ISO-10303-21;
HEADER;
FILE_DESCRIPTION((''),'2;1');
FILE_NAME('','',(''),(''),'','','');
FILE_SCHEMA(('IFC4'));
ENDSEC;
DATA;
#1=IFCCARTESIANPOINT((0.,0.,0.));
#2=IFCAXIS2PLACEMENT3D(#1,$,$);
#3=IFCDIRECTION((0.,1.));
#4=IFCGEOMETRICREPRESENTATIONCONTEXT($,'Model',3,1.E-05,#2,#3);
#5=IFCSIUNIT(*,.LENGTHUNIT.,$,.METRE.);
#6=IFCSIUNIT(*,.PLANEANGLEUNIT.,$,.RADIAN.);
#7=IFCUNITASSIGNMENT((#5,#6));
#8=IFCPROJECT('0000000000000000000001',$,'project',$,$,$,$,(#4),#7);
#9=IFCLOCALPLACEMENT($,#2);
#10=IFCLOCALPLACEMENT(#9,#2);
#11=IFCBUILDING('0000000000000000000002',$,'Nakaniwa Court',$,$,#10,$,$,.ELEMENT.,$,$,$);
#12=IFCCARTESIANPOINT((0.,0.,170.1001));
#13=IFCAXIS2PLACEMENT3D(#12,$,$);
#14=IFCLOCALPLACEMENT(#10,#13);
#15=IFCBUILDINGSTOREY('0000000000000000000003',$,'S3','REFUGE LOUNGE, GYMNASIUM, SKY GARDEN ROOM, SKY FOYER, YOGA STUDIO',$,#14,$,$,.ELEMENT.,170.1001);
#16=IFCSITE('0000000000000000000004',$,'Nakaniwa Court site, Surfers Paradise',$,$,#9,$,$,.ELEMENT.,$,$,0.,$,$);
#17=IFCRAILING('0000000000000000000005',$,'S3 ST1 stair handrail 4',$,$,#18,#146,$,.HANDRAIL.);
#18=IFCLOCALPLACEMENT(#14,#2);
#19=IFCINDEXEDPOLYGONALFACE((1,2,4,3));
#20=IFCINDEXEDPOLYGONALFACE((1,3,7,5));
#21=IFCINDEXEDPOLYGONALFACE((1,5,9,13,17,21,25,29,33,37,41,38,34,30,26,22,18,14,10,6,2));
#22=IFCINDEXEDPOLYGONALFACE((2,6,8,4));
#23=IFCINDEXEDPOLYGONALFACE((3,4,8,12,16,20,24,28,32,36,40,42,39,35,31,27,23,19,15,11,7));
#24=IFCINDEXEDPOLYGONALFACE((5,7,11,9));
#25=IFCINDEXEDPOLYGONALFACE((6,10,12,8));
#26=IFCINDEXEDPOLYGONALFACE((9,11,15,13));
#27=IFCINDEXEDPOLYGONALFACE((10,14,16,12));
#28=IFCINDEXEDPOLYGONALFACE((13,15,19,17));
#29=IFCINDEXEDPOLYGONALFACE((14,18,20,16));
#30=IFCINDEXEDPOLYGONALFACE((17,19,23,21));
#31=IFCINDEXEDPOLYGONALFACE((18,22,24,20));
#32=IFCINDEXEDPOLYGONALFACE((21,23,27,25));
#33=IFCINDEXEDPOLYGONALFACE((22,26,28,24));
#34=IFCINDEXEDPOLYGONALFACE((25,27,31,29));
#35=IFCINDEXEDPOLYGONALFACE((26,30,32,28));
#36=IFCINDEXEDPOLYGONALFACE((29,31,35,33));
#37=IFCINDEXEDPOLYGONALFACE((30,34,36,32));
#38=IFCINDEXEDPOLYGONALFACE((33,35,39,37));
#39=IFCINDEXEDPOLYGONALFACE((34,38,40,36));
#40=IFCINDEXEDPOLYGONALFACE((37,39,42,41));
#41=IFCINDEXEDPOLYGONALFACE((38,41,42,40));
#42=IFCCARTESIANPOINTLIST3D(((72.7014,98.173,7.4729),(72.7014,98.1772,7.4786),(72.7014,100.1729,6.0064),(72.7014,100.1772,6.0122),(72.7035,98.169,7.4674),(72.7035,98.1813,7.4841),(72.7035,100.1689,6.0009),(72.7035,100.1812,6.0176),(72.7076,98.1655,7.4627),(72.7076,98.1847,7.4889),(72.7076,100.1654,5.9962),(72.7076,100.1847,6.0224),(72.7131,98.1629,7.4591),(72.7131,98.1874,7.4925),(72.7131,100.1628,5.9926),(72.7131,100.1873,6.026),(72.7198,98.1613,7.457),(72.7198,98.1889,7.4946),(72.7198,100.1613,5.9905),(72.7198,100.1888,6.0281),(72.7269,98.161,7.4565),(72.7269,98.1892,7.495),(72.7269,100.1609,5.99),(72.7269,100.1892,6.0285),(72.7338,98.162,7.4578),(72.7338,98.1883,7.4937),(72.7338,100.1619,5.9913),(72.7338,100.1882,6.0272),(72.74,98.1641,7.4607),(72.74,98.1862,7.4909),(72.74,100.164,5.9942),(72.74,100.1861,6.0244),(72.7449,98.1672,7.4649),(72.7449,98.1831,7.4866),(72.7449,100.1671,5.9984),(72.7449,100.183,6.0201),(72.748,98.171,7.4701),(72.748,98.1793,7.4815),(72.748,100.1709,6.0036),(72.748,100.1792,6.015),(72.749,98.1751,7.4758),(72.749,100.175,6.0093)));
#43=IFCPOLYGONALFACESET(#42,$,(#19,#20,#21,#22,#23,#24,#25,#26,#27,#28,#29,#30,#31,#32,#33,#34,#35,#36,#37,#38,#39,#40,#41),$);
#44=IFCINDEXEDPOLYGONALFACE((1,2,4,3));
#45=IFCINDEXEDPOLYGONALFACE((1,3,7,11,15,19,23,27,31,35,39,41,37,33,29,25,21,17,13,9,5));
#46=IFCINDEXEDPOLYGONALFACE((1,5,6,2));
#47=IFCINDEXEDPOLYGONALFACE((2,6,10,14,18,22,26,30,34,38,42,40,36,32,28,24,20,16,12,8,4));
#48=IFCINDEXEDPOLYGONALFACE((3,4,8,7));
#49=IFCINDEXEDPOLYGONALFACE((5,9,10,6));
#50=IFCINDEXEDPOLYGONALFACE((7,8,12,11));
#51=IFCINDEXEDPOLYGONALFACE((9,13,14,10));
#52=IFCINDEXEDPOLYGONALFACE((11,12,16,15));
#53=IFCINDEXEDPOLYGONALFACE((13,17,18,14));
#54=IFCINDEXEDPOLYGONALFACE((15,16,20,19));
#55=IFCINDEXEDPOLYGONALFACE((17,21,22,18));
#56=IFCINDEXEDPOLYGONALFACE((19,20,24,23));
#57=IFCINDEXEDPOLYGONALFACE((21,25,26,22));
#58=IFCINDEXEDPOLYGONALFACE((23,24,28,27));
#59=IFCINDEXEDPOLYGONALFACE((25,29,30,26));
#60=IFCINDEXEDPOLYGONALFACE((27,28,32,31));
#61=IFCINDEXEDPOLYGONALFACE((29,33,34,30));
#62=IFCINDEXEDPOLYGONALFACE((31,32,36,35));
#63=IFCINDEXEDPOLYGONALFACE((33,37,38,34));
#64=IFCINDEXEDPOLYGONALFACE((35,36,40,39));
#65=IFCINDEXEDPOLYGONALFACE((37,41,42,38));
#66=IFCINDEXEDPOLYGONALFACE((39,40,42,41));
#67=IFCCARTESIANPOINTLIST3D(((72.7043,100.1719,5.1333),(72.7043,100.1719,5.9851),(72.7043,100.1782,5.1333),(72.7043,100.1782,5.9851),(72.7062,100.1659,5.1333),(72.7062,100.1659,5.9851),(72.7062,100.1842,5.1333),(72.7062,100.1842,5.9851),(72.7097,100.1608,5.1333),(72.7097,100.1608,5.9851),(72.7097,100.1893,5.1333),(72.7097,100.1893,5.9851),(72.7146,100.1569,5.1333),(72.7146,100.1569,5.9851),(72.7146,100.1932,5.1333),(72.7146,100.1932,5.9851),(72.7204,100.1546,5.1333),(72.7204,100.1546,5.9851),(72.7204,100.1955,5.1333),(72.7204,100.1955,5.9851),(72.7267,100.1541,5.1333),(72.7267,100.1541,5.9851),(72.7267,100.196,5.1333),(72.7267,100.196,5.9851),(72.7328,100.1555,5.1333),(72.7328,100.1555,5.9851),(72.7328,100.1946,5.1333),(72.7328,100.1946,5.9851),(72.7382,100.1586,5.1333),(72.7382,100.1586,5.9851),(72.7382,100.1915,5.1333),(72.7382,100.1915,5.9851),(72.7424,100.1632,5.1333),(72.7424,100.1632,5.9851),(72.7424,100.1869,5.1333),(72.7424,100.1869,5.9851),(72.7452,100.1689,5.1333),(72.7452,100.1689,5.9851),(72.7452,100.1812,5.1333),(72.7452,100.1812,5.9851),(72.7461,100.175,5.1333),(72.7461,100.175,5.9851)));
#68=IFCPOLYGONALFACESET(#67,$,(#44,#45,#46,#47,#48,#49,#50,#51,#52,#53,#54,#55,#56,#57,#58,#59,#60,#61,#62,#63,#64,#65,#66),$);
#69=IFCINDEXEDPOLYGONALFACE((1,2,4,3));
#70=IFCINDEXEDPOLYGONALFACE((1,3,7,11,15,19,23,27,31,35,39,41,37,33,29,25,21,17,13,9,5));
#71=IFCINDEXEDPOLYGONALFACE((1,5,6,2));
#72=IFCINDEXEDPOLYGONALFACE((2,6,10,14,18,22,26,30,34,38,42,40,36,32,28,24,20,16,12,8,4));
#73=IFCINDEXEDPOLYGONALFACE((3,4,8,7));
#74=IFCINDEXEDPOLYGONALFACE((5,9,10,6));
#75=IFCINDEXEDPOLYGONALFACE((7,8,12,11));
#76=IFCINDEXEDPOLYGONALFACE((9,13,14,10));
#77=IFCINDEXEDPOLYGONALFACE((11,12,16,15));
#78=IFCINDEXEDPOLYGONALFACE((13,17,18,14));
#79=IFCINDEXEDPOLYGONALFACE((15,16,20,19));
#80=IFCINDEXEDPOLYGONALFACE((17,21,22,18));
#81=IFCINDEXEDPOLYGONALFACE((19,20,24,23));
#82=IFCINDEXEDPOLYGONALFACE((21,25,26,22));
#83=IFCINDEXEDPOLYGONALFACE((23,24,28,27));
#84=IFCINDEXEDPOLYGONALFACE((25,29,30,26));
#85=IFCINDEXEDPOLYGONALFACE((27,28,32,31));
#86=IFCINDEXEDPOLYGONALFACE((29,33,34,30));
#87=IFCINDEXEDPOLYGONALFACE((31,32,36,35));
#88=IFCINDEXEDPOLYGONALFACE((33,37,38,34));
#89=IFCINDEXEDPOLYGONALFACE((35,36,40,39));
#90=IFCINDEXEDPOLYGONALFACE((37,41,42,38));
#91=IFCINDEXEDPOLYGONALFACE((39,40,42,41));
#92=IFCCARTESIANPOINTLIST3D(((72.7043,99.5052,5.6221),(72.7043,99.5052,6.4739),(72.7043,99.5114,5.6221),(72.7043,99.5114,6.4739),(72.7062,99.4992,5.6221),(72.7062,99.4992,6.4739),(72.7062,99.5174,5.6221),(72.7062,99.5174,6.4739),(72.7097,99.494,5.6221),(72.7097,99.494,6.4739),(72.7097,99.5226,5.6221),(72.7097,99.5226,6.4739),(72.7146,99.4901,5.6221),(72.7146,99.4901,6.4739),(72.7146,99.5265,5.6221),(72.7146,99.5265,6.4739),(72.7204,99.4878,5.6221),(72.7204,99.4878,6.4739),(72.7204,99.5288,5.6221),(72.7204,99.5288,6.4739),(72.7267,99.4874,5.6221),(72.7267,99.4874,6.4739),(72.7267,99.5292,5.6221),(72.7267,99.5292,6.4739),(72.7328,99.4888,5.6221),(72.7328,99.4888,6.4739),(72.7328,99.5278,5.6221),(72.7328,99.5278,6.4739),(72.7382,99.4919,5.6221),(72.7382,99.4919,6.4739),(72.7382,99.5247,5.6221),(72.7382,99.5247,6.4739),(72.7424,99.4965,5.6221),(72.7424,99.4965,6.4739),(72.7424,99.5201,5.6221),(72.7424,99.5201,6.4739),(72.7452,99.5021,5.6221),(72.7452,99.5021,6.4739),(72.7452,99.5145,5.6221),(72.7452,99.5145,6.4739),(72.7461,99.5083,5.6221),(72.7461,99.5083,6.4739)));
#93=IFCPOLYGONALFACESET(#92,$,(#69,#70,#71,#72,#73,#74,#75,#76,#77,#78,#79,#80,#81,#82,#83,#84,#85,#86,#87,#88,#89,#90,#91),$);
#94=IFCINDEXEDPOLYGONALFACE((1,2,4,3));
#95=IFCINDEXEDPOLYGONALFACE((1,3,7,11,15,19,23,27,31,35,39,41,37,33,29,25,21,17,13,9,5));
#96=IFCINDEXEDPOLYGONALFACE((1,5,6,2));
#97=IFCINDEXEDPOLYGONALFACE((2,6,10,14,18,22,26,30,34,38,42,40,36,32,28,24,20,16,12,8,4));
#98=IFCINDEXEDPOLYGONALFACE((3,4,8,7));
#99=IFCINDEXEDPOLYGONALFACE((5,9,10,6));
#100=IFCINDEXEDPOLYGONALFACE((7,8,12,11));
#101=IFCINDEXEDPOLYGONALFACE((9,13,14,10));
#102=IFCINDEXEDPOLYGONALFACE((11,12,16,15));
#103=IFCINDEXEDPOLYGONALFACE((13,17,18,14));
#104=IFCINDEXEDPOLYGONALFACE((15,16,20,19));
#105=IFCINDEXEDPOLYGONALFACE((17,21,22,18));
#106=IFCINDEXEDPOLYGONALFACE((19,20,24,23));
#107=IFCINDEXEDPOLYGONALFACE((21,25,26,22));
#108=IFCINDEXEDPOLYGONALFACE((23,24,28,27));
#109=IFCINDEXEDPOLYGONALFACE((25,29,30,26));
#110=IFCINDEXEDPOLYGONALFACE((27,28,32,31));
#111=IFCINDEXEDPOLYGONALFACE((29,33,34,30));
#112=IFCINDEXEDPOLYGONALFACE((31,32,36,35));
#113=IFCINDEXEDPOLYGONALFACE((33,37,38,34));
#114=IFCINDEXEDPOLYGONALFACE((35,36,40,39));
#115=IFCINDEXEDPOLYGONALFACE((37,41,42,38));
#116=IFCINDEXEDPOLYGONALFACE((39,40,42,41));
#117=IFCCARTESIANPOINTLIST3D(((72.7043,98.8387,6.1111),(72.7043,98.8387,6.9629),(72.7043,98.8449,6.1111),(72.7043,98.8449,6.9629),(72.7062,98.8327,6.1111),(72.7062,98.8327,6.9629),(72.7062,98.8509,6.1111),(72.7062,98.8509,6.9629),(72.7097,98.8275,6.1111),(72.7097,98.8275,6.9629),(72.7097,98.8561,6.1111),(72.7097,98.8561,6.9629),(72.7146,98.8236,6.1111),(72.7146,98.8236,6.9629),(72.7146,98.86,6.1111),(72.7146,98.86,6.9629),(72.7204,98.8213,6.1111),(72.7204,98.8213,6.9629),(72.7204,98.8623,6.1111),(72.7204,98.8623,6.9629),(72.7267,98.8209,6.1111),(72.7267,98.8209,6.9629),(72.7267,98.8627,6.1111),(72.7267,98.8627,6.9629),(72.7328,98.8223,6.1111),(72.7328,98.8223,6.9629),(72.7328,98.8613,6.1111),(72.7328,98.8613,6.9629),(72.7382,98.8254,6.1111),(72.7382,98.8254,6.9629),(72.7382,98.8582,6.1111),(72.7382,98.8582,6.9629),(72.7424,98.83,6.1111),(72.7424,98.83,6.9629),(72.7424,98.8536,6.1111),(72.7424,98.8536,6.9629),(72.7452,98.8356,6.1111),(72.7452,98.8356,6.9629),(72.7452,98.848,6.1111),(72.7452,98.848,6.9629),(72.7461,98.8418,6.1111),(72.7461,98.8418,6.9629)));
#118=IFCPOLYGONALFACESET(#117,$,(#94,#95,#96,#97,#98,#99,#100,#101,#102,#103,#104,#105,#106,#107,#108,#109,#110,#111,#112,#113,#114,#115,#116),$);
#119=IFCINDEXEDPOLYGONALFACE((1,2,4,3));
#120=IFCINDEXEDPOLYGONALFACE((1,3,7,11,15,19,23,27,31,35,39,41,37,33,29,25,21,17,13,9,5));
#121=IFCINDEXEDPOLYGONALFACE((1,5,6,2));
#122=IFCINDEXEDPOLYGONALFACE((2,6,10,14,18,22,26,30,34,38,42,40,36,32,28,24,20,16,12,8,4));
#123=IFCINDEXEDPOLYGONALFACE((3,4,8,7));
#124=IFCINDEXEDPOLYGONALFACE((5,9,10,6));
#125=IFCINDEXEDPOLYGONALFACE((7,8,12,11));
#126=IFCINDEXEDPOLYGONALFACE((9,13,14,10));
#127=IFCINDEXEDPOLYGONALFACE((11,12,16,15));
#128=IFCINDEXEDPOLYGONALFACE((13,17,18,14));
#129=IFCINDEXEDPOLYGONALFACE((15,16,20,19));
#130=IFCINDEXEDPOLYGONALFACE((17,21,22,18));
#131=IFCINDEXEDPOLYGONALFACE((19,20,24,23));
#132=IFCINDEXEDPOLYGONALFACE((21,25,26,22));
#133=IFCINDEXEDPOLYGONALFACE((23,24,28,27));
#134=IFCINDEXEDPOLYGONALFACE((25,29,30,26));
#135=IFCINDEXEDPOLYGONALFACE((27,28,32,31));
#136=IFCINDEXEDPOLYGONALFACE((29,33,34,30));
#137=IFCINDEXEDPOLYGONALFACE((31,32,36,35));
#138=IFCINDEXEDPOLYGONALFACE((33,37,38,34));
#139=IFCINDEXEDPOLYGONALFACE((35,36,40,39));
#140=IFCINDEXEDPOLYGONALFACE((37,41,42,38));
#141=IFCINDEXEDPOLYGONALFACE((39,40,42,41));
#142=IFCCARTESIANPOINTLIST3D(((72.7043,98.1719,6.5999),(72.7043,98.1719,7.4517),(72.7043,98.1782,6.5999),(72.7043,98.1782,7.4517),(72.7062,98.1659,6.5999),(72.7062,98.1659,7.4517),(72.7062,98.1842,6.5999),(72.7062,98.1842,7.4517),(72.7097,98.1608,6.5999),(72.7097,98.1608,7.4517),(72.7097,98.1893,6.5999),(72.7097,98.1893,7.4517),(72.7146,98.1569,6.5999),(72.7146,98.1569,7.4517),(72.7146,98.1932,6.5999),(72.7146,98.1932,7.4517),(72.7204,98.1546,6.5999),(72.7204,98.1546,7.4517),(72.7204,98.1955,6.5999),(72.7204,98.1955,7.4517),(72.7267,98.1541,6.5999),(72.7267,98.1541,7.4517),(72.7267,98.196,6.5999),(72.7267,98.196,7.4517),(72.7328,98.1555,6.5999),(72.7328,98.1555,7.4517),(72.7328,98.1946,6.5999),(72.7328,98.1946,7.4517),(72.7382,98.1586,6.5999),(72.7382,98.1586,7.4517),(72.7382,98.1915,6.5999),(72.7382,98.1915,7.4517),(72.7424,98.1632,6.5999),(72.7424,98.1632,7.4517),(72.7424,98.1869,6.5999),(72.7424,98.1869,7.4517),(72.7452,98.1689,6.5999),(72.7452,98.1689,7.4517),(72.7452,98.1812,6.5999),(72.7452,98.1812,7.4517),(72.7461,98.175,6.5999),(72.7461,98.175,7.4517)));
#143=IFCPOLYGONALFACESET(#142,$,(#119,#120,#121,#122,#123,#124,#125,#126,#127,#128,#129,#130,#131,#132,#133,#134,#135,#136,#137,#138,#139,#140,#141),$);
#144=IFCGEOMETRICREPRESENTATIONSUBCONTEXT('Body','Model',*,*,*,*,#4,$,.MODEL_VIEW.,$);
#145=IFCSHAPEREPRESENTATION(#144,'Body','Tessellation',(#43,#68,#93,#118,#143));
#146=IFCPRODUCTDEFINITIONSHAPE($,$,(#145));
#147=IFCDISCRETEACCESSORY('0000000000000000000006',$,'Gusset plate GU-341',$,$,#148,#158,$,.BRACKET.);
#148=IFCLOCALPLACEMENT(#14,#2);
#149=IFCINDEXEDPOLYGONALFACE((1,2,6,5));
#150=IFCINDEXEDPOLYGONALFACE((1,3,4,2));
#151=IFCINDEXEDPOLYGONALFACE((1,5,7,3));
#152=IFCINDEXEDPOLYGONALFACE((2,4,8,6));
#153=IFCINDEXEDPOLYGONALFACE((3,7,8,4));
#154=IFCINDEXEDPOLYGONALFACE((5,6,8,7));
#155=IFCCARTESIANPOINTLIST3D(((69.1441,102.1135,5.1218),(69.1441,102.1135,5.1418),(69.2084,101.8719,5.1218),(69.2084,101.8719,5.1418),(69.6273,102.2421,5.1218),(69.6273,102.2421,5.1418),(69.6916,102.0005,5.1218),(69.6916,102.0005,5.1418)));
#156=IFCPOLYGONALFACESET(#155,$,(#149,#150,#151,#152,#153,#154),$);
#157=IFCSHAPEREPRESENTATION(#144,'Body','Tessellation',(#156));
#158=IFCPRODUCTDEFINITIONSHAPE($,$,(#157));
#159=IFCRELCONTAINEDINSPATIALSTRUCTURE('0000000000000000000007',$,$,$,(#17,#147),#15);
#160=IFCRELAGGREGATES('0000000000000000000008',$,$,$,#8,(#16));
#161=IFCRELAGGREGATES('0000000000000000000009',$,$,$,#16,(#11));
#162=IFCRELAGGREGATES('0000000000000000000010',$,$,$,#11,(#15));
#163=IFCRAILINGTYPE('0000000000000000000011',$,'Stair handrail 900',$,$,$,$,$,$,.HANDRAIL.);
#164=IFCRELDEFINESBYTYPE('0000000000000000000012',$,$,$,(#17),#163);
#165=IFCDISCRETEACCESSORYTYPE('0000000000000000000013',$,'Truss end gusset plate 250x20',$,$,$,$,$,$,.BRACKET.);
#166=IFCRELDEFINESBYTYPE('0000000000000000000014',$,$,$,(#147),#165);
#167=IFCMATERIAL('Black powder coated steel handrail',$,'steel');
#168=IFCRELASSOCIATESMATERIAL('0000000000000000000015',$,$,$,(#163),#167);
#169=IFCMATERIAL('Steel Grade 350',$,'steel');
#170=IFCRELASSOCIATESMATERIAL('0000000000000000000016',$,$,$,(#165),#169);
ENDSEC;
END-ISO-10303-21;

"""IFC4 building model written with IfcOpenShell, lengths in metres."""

from ifc_helpers import new_model, si_unit, direction, frame, origin, origin_2d, place, context, subcontext, project, spatial, rectangle, circle, extrude, material, material_profile, profile_set, type_object, element, save


model = new_model("IFC4")

# Units and contexts
model_context = context("Model", 3, precision=1e-05, world=origin(), true_north=direction((0.0, 1.0)))
body_context = subcontext(model_context, "Body", "Model", "MODEL_VIEW")
ifc_project = project(units=[si_unit("LENGTHUNIT", "METRE"), si_unit("PLANEANGLEUNIT", "RADIAN")], contexts=[model_context])

# Site, building, storey
site_placement = place(None, origin())
site = spatial("IfcSite", under=ifc_project, at=site_placement, Name="Nakaniwa Court site, Surfers Paradise", CompositionType="ELEMENT", RefElevation=0.0)
building_placement = place(site_placement, origin())
building = spatial("IfcBuilding", under=site, at=building_placement, Name="Nakaniwa Court", CompositionType="ELEMENT")
storey_placement = place(building_placement, frame((0.0, 0.0, 170.1001)))
storey = spatial("IfcBuildingStorey", under=building, at=storey_placement, Name="S3", Description="REFUGE LOUNGE, GYMNASIUM, SKY GARDEN ROOM, SKY FOYER, YOGA STUDIO", CompositionType="ELEMENT", Elevation=170.1001)

# Shared definitions
ifc_material_1 = material(Name="Steel Grade 350", Category="steel")

# Railing
ifc_material_2 = material(Name="Black powder coated steel handrail", Category="steel")
railing_type_1 = type_object("IfcRailingType", Name="Stair handrail 900", PredefinedType="HANDRAIL", material=ifc_material_2)
for number, where, name in (
    (1, (72.7251, 100.175, 5.1333), "S3 ST1 stair handrail 4"),
):
    element("IfcRailing", number, at=place(storey_placement, frame(where)), inside=storey, type_object=railing_type_1, Name=name, PredefinedType="HANDRAIL", context=body_context, shape_type="SweptSolid", body=[
        extrude(circle(Radius=0.0239, at=origin_2d()), frame((0.0, 0.0, 0.876), z_axis=(0.0, -0.806427, 0.591334), x_axis=(1.0, 0.0, 0.0)), (0.0, 0.0, 1.0), 2.48),
        extrude(circle(Radius=0.021, at=origin_2d()), origin(), (0.0, 0.0, 1.0), 0.8518),
        extrude(circle(Radius=0.021, at=origin_2d()), frame((0.0, -0.6667, 0.4888)), (0.0, 0.0, 1.0), 0.8518),
        extrude(circle(Radius=0.021, at=origin_2d()), frame((0.0, -1.3333, 0.9778)), (0.0, 0.0, 1.0), 0.8518),
        extrude(circle(Radius=0.021, at=origin_2d()), frame((0.0, -2.0, 1.4666)), (0.0, 0.0, 1.0), 0.8518),
    ])

# Discrete accessory
ifc_material_profile_1 = material_profile(ifc_material_1, rectangle(XDim=0.25, YDim=0.02, at=origin_2d()), Name="Truss end gusset plate 250x20")
ifc_profile_set_1 = profile_set([ifc_material_profile_1], Name="Steel Grade 350")
discrete_accessory_type = type_object("IfcDiscreteAccessoryType", Name="Truss end gusset plate 250x20", PredefinedType="BRACKET", material=ifc_profile_set_1)
discrete_accessory_placement = place(storey_placement, frame((69.1763, 101.9927, 5.1318), z_axis=(0.966324, 0.257328, 0.0), x_axis=(-0.257328, 0.966324, 0.0)))
element("IfcDiscreteAccessory", 2, at=discrete_accessory_placement, inside=storey, type_object=discrete_accessory_type, Name="Gusset plate GU-341", PredefinedType="BRACKET", context=body_context, shape_type="SweptSolid", body=[
    extrude(rectangle(XDim=0.25, YDim=0.02, at=origin_2d()), origin(), (0.0, 0.0, 1.0), 0.5),
])

save(model, "model.ifc")
